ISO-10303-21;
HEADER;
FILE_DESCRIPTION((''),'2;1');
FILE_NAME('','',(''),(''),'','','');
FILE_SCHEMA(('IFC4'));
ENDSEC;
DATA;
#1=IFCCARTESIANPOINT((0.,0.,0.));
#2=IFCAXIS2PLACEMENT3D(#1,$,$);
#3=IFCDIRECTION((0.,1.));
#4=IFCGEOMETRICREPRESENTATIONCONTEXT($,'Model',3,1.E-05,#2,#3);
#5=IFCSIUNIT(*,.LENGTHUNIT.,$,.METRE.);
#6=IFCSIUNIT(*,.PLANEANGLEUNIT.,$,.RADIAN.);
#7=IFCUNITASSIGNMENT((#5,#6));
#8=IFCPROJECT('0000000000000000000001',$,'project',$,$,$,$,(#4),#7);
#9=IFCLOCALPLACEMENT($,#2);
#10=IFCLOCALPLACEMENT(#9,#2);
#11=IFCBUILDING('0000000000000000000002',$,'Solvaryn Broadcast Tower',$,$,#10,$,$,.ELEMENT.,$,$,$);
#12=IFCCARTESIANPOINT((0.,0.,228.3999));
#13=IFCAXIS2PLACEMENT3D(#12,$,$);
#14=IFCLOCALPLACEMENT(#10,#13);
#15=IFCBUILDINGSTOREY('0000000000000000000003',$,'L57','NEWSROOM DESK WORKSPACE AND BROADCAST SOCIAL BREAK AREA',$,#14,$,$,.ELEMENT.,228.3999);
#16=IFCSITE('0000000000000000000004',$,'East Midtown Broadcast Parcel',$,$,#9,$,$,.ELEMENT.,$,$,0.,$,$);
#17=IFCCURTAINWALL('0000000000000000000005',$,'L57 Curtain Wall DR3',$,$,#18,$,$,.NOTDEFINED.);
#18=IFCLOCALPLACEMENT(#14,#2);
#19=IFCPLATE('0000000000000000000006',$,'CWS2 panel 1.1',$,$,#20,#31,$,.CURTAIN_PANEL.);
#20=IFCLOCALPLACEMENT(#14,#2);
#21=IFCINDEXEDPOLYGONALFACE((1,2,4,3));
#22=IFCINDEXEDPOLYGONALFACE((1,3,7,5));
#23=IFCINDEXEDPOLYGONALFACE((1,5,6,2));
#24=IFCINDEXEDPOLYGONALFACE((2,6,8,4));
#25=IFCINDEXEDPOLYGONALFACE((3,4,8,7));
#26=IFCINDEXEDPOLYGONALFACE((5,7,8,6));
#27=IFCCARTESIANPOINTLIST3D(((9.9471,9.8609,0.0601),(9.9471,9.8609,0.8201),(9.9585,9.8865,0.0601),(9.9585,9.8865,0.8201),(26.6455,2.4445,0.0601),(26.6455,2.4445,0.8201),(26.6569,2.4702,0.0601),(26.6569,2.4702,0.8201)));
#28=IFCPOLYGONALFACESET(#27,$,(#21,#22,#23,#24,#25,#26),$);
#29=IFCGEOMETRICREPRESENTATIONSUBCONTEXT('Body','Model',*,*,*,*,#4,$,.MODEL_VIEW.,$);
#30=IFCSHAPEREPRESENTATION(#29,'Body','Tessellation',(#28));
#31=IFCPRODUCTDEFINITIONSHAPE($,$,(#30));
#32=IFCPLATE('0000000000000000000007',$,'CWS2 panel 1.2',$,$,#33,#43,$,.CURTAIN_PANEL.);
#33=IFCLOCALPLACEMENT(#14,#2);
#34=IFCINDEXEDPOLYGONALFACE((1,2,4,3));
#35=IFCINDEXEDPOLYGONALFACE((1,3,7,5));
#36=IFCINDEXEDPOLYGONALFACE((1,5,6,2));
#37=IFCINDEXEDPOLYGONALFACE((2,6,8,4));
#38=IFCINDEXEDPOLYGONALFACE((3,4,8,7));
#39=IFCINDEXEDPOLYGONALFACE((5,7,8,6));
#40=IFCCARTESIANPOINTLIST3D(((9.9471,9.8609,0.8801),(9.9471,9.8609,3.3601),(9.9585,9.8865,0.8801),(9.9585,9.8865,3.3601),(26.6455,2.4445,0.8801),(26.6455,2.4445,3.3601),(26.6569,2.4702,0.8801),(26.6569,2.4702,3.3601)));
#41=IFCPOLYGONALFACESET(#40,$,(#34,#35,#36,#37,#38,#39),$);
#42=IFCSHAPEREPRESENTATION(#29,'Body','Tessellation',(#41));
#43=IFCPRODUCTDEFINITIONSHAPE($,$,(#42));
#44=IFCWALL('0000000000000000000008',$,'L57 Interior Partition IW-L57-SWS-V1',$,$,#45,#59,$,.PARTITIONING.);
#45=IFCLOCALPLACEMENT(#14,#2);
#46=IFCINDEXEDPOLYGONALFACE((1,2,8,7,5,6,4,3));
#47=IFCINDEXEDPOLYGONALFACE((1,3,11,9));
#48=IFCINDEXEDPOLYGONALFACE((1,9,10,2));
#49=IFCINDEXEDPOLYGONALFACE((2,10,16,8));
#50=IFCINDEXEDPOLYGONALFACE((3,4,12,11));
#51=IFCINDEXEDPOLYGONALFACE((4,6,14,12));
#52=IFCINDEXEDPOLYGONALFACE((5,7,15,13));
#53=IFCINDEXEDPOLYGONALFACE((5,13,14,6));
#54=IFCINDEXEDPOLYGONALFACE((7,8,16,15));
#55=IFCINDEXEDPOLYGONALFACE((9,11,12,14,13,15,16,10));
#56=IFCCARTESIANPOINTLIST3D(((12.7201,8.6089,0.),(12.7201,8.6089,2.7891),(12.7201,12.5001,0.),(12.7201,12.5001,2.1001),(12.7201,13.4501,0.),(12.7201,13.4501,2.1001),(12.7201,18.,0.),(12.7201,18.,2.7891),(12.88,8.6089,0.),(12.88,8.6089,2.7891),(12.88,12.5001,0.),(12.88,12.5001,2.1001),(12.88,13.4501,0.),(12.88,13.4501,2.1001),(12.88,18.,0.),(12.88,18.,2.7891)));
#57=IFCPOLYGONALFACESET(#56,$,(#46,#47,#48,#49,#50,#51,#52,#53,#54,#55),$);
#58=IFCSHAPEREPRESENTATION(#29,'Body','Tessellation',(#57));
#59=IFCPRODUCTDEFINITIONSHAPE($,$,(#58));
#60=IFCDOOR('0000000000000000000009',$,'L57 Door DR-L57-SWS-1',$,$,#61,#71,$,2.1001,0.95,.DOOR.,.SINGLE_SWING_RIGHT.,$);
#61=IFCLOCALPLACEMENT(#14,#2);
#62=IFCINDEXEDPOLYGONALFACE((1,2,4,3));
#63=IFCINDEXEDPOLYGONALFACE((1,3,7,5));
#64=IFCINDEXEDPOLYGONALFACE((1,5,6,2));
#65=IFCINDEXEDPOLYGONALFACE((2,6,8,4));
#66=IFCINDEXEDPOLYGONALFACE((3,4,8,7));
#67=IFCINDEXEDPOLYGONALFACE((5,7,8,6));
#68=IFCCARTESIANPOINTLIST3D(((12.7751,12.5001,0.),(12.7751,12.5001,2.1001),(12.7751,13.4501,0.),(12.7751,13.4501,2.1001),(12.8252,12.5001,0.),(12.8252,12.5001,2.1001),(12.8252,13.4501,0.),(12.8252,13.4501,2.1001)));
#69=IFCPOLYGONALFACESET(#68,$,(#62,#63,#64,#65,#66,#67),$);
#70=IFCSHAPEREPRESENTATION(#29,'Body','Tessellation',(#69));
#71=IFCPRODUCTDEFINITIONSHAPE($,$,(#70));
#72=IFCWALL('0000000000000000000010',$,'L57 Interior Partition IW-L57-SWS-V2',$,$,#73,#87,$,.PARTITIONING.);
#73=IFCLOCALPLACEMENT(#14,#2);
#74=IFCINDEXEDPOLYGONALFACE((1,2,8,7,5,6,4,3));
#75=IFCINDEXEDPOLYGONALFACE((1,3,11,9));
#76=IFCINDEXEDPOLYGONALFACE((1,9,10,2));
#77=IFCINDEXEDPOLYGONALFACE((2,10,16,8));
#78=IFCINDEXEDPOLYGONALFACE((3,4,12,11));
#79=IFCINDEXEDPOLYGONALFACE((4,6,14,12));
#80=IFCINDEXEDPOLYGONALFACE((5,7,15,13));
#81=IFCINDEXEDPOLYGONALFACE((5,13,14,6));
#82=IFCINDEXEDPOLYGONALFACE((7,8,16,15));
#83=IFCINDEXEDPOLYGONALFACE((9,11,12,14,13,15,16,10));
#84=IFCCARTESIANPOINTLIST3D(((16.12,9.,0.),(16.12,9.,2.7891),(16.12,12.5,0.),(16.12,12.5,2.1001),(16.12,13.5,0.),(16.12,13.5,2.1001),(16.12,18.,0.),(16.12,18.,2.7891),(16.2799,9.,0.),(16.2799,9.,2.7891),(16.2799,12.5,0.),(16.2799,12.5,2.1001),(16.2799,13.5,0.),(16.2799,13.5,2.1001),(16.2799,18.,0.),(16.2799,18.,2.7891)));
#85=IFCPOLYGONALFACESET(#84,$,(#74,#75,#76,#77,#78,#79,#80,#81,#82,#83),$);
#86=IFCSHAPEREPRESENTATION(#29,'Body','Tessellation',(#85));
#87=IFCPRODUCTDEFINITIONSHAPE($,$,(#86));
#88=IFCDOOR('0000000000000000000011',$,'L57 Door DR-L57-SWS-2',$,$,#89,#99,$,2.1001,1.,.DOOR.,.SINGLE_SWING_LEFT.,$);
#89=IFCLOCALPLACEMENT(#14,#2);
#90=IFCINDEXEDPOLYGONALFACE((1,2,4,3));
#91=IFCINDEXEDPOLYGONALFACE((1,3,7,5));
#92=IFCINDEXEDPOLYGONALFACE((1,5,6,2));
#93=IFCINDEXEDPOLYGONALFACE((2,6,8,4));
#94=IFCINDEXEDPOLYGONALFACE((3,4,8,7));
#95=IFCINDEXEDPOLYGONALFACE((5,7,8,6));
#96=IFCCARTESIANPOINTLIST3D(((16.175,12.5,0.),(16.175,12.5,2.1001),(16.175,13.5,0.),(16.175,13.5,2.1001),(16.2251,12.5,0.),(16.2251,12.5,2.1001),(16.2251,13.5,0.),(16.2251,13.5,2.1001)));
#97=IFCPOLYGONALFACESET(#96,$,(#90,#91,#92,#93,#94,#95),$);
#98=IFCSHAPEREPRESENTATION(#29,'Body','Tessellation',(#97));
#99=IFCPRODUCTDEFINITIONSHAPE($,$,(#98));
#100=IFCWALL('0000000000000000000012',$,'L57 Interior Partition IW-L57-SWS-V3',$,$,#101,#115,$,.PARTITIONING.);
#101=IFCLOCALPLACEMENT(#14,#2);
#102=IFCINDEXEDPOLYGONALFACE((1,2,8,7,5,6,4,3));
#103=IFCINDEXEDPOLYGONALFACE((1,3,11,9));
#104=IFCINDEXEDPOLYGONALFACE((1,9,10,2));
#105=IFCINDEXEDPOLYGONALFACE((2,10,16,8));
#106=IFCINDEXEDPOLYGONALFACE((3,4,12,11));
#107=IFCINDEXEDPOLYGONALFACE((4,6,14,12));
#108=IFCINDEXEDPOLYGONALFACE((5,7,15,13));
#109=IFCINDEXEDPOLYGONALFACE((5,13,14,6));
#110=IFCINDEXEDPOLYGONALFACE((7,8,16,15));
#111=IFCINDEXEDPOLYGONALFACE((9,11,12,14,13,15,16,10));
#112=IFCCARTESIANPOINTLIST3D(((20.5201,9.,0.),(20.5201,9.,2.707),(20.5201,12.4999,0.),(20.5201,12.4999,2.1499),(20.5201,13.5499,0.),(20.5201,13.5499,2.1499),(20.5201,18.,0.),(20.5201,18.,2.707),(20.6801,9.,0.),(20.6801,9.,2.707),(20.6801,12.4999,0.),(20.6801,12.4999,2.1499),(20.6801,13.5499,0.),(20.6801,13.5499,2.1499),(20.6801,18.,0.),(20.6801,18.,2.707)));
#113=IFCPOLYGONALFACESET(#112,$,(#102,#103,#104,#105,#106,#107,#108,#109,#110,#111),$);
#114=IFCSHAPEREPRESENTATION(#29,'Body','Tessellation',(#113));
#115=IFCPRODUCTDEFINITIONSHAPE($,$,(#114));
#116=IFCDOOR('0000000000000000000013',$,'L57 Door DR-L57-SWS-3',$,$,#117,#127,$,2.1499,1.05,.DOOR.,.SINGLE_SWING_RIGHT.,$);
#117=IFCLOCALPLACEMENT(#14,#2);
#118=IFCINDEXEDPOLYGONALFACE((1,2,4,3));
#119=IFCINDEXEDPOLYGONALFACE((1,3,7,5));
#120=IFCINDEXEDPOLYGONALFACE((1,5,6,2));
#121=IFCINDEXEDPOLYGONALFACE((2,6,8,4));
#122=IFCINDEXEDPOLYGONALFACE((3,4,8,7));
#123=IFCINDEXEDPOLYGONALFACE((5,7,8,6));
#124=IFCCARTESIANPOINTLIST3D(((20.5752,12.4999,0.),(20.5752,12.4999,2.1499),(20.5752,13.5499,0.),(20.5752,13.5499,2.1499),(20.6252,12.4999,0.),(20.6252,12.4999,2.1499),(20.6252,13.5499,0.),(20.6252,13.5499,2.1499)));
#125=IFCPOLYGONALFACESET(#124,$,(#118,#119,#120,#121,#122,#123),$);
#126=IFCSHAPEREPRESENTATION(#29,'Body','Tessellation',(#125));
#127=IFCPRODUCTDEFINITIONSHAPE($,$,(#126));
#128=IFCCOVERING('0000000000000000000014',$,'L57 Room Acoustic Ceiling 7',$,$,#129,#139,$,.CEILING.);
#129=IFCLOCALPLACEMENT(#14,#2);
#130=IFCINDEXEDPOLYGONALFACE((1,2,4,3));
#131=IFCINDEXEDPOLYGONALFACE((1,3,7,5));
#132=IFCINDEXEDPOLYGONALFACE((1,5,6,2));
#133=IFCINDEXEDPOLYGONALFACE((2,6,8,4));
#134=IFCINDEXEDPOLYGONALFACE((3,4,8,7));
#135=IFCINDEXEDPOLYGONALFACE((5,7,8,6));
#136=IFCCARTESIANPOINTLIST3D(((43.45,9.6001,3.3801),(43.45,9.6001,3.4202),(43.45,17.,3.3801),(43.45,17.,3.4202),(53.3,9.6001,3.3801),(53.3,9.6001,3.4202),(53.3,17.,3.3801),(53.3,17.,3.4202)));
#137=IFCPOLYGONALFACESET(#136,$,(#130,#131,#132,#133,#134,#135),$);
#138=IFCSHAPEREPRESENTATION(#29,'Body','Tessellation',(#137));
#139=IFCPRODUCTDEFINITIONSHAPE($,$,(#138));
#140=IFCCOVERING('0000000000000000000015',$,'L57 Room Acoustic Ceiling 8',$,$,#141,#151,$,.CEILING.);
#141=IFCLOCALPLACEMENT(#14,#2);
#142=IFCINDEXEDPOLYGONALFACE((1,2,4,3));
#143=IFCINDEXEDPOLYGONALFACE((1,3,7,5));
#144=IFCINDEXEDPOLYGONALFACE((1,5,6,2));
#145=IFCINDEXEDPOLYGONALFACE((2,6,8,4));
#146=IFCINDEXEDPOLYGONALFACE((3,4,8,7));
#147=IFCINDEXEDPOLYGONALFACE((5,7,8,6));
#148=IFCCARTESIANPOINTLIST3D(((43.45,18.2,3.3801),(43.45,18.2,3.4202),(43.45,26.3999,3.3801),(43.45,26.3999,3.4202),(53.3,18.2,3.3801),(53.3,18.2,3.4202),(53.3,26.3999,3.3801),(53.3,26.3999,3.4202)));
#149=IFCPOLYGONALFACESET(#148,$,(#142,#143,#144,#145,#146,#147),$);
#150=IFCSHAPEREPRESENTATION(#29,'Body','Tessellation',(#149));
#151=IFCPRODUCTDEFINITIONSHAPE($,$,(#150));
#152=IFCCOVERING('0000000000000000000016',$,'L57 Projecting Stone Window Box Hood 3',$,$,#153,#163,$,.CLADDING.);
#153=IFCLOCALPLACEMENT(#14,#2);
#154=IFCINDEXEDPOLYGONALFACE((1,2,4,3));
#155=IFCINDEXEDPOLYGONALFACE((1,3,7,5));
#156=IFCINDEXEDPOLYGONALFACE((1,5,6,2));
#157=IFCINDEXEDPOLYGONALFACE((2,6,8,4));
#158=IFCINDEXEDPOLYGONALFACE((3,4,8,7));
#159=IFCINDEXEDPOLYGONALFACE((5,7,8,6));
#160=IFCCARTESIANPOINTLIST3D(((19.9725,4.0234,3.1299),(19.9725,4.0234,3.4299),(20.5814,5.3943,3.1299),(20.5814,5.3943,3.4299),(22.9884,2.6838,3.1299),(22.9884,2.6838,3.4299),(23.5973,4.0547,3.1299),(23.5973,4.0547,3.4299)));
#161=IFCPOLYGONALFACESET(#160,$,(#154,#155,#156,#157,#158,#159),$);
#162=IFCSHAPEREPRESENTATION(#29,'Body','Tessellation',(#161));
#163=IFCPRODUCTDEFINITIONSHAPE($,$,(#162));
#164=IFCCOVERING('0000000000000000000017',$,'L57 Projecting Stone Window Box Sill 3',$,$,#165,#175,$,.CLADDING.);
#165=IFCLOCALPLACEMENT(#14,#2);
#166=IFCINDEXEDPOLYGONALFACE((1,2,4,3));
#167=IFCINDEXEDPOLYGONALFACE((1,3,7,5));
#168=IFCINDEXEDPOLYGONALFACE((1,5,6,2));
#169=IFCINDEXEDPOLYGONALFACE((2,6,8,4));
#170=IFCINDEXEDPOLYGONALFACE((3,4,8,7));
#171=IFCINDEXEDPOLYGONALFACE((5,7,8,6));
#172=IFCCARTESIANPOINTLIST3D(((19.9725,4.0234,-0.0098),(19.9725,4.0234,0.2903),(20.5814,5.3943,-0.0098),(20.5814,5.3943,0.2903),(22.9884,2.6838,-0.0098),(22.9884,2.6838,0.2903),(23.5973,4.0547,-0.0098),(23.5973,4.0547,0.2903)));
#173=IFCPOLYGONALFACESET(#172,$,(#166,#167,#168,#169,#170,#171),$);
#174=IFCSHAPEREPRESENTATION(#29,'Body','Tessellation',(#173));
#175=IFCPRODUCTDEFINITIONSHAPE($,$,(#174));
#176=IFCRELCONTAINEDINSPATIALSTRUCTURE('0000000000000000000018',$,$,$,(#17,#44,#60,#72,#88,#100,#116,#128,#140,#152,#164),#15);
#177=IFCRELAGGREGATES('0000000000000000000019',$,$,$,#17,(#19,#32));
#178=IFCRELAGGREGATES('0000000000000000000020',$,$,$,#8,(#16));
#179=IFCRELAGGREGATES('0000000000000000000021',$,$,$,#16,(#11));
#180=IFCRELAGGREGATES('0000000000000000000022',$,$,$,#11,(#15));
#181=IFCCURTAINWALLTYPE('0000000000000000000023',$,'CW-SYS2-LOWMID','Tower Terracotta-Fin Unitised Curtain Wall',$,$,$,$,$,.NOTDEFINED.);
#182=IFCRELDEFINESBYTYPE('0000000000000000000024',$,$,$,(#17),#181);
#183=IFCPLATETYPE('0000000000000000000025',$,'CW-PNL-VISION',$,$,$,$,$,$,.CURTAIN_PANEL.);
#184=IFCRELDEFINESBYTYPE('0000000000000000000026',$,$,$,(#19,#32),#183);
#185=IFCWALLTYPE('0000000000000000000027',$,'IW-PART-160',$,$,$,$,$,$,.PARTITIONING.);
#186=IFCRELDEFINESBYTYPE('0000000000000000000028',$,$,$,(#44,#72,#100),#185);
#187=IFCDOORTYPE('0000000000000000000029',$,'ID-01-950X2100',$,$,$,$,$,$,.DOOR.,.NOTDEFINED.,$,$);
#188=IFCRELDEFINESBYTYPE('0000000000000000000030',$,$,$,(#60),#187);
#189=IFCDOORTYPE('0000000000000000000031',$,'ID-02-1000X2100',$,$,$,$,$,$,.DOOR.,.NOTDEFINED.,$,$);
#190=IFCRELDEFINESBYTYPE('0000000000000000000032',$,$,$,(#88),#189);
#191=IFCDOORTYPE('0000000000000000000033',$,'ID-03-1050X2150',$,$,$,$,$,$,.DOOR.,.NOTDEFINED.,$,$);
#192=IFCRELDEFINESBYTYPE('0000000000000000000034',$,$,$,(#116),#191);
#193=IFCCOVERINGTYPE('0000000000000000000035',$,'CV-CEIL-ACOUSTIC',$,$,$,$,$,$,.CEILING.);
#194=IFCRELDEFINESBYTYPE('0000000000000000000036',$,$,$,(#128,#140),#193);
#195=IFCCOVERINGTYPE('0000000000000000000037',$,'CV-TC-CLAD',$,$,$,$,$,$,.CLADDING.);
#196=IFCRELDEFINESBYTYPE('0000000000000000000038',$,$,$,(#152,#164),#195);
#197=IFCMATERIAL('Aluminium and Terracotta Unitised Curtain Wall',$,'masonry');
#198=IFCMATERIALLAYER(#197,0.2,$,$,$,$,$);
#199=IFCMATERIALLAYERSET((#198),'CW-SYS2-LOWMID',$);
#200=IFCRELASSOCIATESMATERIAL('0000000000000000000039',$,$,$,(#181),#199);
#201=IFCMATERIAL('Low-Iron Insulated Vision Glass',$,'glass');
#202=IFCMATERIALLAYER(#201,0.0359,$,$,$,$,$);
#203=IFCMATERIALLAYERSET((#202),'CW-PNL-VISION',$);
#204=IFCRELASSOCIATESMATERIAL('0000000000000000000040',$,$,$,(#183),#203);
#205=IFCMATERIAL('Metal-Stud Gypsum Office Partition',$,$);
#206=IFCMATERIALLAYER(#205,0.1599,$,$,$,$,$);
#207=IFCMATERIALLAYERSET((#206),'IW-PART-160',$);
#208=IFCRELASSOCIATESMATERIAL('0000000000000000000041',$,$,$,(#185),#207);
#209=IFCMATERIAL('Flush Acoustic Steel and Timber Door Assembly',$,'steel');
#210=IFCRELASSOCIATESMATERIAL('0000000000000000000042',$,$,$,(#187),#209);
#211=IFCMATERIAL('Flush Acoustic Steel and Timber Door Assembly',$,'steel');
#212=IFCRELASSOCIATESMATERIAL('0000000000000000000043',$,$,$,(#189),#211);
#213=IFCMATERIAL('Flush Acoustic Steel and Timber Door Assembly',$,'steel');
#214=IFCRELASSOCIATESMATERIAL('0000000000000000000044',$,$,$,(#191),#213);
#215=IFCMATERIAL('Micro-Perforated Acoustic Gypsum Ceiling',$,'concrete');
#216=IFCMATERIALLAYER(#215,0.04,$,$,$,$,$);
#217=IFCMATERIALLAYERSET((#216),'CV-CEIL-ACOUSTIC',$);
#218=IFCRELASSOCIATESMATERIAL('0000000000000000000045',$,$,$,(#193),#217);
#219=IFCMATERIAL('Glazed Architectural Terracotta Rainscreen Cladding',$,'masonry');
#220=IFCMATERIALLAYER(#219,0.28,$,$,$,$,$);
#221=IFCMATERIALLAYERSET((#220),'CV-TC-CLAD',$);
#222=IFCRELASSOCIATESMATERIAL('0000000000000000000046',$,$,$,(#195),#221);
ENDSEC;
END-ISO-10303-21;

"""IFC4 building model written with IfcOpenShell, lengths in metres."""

from ifc_helpers import new_model, si_unit, direction, frame, frame_2d, origin, origin_2d, place, context, subcontext, project, spatial, polyline, rectangle, outline, extrude, material, layer, layer_set, type_object, element, fill, aggregate, save


model = new_model("IFC4")

# Units and contexts
model_context = context("Model", 3, precision=1e-05, world=origin(), true_north=direction((0.0, 1.0)))
body_context = subcontext(model_context, "Body", "Model", "MODEL_VIEW")
ifc_project = project(units=[si_unit("LENGTHUNIT", "METRE"), si_unit("PLANEANGLEUNIT", "RADIAN")], contexts=[model_context])

# Site, building, storey
site_placement = place(None, origin())
site = spatial("IfcSite", under=ifc_project, at=site_placement, Name="East Midtown Broadcast Parcel", CompositionType="ELEMENT", RefElevation=0.0)
building_placement = place(site_placement, origin())
building = spatial("IfcBuilding", under=site, at=building_placement, Name="Solvaryn Broadcast Tower", CompositionType="ELEMENT")
storey_placement = place(building_placement, frame((0.0, 0.0, 228.3999)))
storey = spatial("IfcBuildingStorey", under=building, at=storey_placement, Name="L57", Description="NEWSROOM DESK WORKSPACE AND BROADCAST SOCIAL BREAK AREA", CompositionType="ELEMENT", Elevation=228.3999)

# Curtain wall, plates
ifc_material_1 = material(Name="Aluminium and Terracotta Unitised Curtain Wall", Category="masonry")
ifc_layer_1 = layer(ifc_material_1, 0.2)
ifc_layer_set_1 = layer_set([ifc_layer_1], Name="CW-SYS2-LOWMID")
curtain_wall_type = type_object("IfcCurtainWallType", Name="CW-SYS2-LOWMID", Description="Tower Terracotta-Fin Unitised Curtain Wall", PredefinedType="NOTDEFINED", material=ifc_layer_set_1)
curtain_wall_placement = place(storey_placement, origin())
curtain_wall = element("IfcCurtainWall", 1, at=curtain_wall_placement, inside=storey, type_object=curtain_wall_type, Name="L57 Curtain Wall DR3", PredefinedType="NOTDEFINED")
ifc_material_2 = material(Name="Low-Iron Insulated Vision Glass", Category="glass")
ifc_layer_2 = layer(ifc_material_2, 0.0359)
ifc_layer_set_2 = layer_set([ifc_layer_2], Name="CW-PNL-VISION")
plate_type = type_object("IfcPlateType", Name="CW-PNL-VISION", PredefinedType="CURTAIN_PANEL", material=ifc_layer_set_2)
plate_1_placement = place(storey_placement, frame((18.302, 6.1655, 0.0601), z_axis=(0.0, 0.0, 1.0), x_axis=(0.913917, -0.405901, 0.0)))
plate_1 = element("IfcPlate", 2, at=plate_1_placement, type_object=plate_type, Name="CWS2 panel 1.1", PredefinedType="CURTAIN_PANEL", context=body_context, shape_type="SweptSolid", body=[
    extrude(rectangle(XDim=18.2712, YDim=0.0281, at=origin_2d()), origin(), (0.0, 0.0, 1.0), 0.76),
])
plate_2_placement = place(storey_placement, frame((18.302, 6.1655, 0.8801), z_axis=(0.0, 0.0, 1.0), x_axis=(0.913917, -0.405901, 0.0)))
plate_2 = element("IfcPlate", 3, at=plate_2_placement, type_object=plate_type, Name="CWS2 panel 1.2", PredefinedType="CURTAIN_PANEL", context=body_context, shape_type="SweptSolid", body=[
    extrude(rectangle(XDim=18.2712, YDim=0.0281, at=origin_2d()), origin(), (0.0, 0.0, 1.0), 2.48),
])
aggregate(curtain_wall, [plate_1, plate_2])

# Walls, openings, doors
ifc_material_3 = material(Name="Metal-Stud Gypsum Office Partition")
ifc_layer_3 = layer(ifc_material_3, 0.1599)
ifc_layer_set_3 = layer_set([ifc_layer_3], Name="IW-PART-160")
wall_type = type_object("IfcWallType", Name="IW-PART-160", PredefinedType="PARTITIONING", material=ifc_layer_set_3)
wall_1_placement = place(storey_placement, frame((12.8, 8.6089, 0.0), z_axis=(0.0, 0.0, 1.0), x_axis=(0.0, 1.0, 0.0)))
wall_1 = element("IfcWall", 4, at=wall_1_placement, inside=storey, type_object=wall_type, Name="L57 Interior Partition IW-L57-SWS-V1", PredefinedType="PARTITIONING", context=body_context, shape_type="SweptSolid", body=[
    extrude(rectangle(XDim=9.3911, YDim=0.1599, at=frame_2d((4.6956, 0.0))), origin(), (0.0, 0.0, 1.0), 2.7891),
])
opening_1_placement = place(wall_1_placement, frame((3.8911, 0.0, 0.0)))
opening_1 = element("IfcOpeningElement", 5, at=opening_1_placement, cuts=wall_1, PredefinedType="OPENING", context=body_context, shape_type="SweptSolid", body=[
    extrude(rectangle(XDim=0.95, YDim=2.1001, at=frame_2d((0.4751, 1.05))), frame((0.0, 0.0901, 0.0), z_axis=(0.0, -1.0, 0.0), x_axis=(1.0, 0.0, 0.0)), (0.0, 0.0, 1.0), 0.1799),
])
ifc_material_4 = material(Name="Flush Acoustic Steel and Timber Door Assembly", Category="steel")
door_type_1 = type_object("IfcDoorType", Name="ID-01-950X2100", OperationType="NOTDEFINED", PredefinedType="DOOR", material=ifc_material_4)
door_1_placement = place(opening_1_placement, origin())
door_1 = element("IfcDoor", 6, at=door_1_placement, inside=storey, type_object=door_type_1, Name="L57 Door DR-L57-SWS-1", OperationType="SINGLE_SWING_RIGHT", OverallHeight=2.1001, OverallWidth=0.95, PredefinedType="DOOR", context=body_context, shape_type="SweptSolid", body=[
    extrude(rectangle(XDim=0.95, YDim=2.1001, at=frame_2d((0.4751, 1.05))), frame((0.0, 0.0249, 0.0), z_axis=(0.0, -1.0, 0.0), x_axis=(1.0, 0.0, 0.0)), (0.0, 0.0, 1.0), 0.05),
])
fill(opening_1, door_1)
wall_2_placement = place(storey_placement, frame((16.2, 9.0, 0.0), z_axis=(0.0, 0.0, 1.0), x_axis=(0.0, 1.0, 0.0)))
wall_2 = element("IfcWall", 7, at=wall_2_placement, inside=storey, type_object=wall_type, Name="L57 Interior Partition IW-L57-SWS-V2", PredefinedType="PARTITIONING", context=body_context, shape_type="SweptSolid", body=[
    extrude(rectangle(XDim=9.0, YDim=0.1599, at=frame_2d((4.5, 0.0))), origin(), (0.0, 0.0, 1.0), 2.7891),
])
opening_2_placement = place(wall_2_placement, frame((3.5, 0.0, 0.0)))
opening_2 = element("IfcOpeningElement", 8, at=opening_2_placement, cuts=wall_2, PredefinedType="OPENING", context=body_context, shape_type="SweptSolid", body=[
    extrude(rectangle(XDim=1.0, YDim=2.1001, at=frame_2d((0.5, 1.05))), frame((0.0, 0.0901, 0.0), z_axis=(0.0, -1.0, 0.0), x_axis=(1.0, 0.0, 0.0)), (0.0, 0.0, 1.0), 0.1799),
])
ifc_material_5 = material(Name="Flush Acoustic Steel and Timber Door Assembly", Category="steel")
door_type_2 = type_object("IfcDoorType", Name="ID-02-1000X2100", OperationType="NOTDEFINED", PredefinedType="DOOR", material=ifc_material_5)
door_2_placement = place(opening_2_placement, origin())
door_2 = element("IfcDoor", 9, at=door_2_placement, inside=storey, type_object=door_type_2, Name="L57 Door DR-L57-SWS-2", OperationType="SINGLE_SWING_LEFT", OverallHeight=2.1001, OverallWidth=1.0, PredefinedType="DOOR", context=body_context, shape_type="SweptSolid", body=[
    extrude(rectangle(XDim=1.0, YDim=2.1001, at=frame_2d((0.5, 1.05))), frame((0.0, 0.0249, 0.0), z_axis=(0.0, -1.0, 0.0), x_axis=(1.0, 0.0, 0.0)), (0.0, 0.0, 1.0), 0.05),
])
fill(opening_2, door_2)
wall_3_placement = place(storey_placement, frame((20.6001, 9.0, 0.0), z_axis=(0.0, 0.0, 1.0), x_axis=(0.0, 1.0, 0.0)))
wall_3 = element("IfcWall", 10, at=wall_3_placement, inside=storey, type_object=wall_type, Name="L57 Interior Partition IW-L57-SWS-V3", PredefinedType="PARTITIONING", context=body_context, shape_type="SweptSolid", body=[
    extrude(rectangle(XDim=9.0, YDim=0.1599, at=frame_2d((4.5, 0.0))), origin(), (0.0, 0.0, 1.0), 2.707),
])
opening_3_placement = place(wall_3_placement, frame((3.5, 0.0, 0.0)))
opening_3 = element("IfcOpeningElement", 11, at=opening_3_placement, cuts=wall_3, PredefinedType="OPENING", context=body_context, shape_type="SweptSolid", body=[
    extrude(rectangle(XDim=1.05, YDim=2.1499, at=frame_2d((0.5249, 1.075))), frame((0.0, 0.0901, 0.0), z_axis=(0.0, -1.0, 0.0), x_axis=(1.0, 0.0, 0.0)), (0.0, 0.0, 1.0), 0.1799),
])
ifc_material_6 = material(Name="Flush Acoustic Steel and Timber Door Assembly", Category="steel")
door_type_3 = type_object("IfcDoorType", Name="ID-03-1050X2150", OperationType="NOTDEFINED", PredefinedType="DOOR", material=ifc_material_6)
door_3_placement = place(opening_3_placement, origin())
door_3 = element("IfcDoor", 12, at=door_3_placement, inside=storey, type_object=door_type_3, Name="L57 Door DR-L57-SWS-3", OperationType="SINGLE_SWING_RIGHT", OverallHeight=2.1499, OverallWidth=1.05, PredefinedType="DOOR", context=body_context, shape_type="SweptSolid", body=[
    extrude(rectangle(XDim=1.05, YDim=2.1499, at=frame_2d((0.5249, 1.075))), frame((0.0, 0.0249, 0.0), z_axis=(0.0, -1.0, 0.0), x_axis=(1.0, 0.0, 0.0)), (0.0, 0.0, 1.0), 0.05),
])
fill(opening_3, door_3)

# Coverings
ifc_material_7 = material(Name="Micro-Perforated Acoustic Gypsum Ceiling", Category="concrete")
ifc_layer_4 = layer(ifc_material_7, 0.04)
ifc_layer_set_4 = layer_set([ifc_layer_4], Name="CV-CEIL-ACOUSTIC")
covering_type_1 = type_object("IfcCoveringType", Name="CV-CEIL-ACOUSTIC", PredefinedType="CEILING", material=ifc_layer_set_4)
covering_1_placement = place(storey_placement, frame((0.0, 0.0, 3.3801)))
element("IfcCovering", 13, at=covering_1_placement, inside=storey, type_object=covering_type_1, Name="L57 Room Acoustic Ceiling 7", PredefinedType="CEILING", context=body_context, shape_type="SweptSolid", body=[
    extrude(outline(polyline([(43.45, 9.6001), (53.3, 9.6001), (53.3, 17.0), (43.45, 17.0), (43.45, 9.6001)])), origin(), (0.0, 0.0, 1.0), 0.04),
])
covering_2_placement = place(storey_placement, frame((0.0, 0.0, 3.3801)))
element("IfcCovering", 14, at=covering_2_placement, inside=storey, type_object=covering_type_1, Name="L57 Room Acoustic Ceiling 8", PredefinedType="CEILING", context=body_context, shape_type="SweptSolid", body=[
    extrude(outline(polyline([(43.45, 18.2), (53.3, 18.2), (53.3, 26.3999), (43.45, 26.3999), (43.45, 18.2)])), origin(), (0.0, 0.0, 1.0), 0.04),
])
ifc_material_8 = material(Name="Glazed Architectural Terracotta Rainscreen Cladding", Category="masonry")
ifc_layer_5 = layer(ifc_material_8, 0.28)
ifc_layer_set_5 = layer_set([ifc_layer_5], Name="CV-TC-CLAD")
covering_type_2 = type_object("IfcCoveringType", Name="CV-TC-CLAD", PredefinedType="CLADDING", material=ifc_layer_set_5)
for number, where, z_axis, x_axis, name in (
    (15, (21.7849, 4.0391, 3.1299), (0.0, 0.0, 1.0), (0.9139, -0.405939, 0.0), "L57 Projecting Stone Window Box Hood 3"),
    (16, (21.7849, 4.0391, -0.0098), (0.0, 0.0, 1.0), (0.9139, -0.405939, 0.0), "L57 Projecting Stone Window Box Sill 3"),
):
    element("IfcCovering", number, at=place(storey_placement, frame(where, z_axis=z_axis, x_axis=x_axis)), inside=storey, type_object=covering_type_2, Name=name, PredefinedType="CLADDING", context=body_context, shape_type="SweptSolid", body=[
        extrude(rectangle(XDim=3.3, YDim=1.5, at=origin_2d()), origin(), (0.0, 0.0, 1.0), 0.3),
    ])

save(model, "model.ifc")
